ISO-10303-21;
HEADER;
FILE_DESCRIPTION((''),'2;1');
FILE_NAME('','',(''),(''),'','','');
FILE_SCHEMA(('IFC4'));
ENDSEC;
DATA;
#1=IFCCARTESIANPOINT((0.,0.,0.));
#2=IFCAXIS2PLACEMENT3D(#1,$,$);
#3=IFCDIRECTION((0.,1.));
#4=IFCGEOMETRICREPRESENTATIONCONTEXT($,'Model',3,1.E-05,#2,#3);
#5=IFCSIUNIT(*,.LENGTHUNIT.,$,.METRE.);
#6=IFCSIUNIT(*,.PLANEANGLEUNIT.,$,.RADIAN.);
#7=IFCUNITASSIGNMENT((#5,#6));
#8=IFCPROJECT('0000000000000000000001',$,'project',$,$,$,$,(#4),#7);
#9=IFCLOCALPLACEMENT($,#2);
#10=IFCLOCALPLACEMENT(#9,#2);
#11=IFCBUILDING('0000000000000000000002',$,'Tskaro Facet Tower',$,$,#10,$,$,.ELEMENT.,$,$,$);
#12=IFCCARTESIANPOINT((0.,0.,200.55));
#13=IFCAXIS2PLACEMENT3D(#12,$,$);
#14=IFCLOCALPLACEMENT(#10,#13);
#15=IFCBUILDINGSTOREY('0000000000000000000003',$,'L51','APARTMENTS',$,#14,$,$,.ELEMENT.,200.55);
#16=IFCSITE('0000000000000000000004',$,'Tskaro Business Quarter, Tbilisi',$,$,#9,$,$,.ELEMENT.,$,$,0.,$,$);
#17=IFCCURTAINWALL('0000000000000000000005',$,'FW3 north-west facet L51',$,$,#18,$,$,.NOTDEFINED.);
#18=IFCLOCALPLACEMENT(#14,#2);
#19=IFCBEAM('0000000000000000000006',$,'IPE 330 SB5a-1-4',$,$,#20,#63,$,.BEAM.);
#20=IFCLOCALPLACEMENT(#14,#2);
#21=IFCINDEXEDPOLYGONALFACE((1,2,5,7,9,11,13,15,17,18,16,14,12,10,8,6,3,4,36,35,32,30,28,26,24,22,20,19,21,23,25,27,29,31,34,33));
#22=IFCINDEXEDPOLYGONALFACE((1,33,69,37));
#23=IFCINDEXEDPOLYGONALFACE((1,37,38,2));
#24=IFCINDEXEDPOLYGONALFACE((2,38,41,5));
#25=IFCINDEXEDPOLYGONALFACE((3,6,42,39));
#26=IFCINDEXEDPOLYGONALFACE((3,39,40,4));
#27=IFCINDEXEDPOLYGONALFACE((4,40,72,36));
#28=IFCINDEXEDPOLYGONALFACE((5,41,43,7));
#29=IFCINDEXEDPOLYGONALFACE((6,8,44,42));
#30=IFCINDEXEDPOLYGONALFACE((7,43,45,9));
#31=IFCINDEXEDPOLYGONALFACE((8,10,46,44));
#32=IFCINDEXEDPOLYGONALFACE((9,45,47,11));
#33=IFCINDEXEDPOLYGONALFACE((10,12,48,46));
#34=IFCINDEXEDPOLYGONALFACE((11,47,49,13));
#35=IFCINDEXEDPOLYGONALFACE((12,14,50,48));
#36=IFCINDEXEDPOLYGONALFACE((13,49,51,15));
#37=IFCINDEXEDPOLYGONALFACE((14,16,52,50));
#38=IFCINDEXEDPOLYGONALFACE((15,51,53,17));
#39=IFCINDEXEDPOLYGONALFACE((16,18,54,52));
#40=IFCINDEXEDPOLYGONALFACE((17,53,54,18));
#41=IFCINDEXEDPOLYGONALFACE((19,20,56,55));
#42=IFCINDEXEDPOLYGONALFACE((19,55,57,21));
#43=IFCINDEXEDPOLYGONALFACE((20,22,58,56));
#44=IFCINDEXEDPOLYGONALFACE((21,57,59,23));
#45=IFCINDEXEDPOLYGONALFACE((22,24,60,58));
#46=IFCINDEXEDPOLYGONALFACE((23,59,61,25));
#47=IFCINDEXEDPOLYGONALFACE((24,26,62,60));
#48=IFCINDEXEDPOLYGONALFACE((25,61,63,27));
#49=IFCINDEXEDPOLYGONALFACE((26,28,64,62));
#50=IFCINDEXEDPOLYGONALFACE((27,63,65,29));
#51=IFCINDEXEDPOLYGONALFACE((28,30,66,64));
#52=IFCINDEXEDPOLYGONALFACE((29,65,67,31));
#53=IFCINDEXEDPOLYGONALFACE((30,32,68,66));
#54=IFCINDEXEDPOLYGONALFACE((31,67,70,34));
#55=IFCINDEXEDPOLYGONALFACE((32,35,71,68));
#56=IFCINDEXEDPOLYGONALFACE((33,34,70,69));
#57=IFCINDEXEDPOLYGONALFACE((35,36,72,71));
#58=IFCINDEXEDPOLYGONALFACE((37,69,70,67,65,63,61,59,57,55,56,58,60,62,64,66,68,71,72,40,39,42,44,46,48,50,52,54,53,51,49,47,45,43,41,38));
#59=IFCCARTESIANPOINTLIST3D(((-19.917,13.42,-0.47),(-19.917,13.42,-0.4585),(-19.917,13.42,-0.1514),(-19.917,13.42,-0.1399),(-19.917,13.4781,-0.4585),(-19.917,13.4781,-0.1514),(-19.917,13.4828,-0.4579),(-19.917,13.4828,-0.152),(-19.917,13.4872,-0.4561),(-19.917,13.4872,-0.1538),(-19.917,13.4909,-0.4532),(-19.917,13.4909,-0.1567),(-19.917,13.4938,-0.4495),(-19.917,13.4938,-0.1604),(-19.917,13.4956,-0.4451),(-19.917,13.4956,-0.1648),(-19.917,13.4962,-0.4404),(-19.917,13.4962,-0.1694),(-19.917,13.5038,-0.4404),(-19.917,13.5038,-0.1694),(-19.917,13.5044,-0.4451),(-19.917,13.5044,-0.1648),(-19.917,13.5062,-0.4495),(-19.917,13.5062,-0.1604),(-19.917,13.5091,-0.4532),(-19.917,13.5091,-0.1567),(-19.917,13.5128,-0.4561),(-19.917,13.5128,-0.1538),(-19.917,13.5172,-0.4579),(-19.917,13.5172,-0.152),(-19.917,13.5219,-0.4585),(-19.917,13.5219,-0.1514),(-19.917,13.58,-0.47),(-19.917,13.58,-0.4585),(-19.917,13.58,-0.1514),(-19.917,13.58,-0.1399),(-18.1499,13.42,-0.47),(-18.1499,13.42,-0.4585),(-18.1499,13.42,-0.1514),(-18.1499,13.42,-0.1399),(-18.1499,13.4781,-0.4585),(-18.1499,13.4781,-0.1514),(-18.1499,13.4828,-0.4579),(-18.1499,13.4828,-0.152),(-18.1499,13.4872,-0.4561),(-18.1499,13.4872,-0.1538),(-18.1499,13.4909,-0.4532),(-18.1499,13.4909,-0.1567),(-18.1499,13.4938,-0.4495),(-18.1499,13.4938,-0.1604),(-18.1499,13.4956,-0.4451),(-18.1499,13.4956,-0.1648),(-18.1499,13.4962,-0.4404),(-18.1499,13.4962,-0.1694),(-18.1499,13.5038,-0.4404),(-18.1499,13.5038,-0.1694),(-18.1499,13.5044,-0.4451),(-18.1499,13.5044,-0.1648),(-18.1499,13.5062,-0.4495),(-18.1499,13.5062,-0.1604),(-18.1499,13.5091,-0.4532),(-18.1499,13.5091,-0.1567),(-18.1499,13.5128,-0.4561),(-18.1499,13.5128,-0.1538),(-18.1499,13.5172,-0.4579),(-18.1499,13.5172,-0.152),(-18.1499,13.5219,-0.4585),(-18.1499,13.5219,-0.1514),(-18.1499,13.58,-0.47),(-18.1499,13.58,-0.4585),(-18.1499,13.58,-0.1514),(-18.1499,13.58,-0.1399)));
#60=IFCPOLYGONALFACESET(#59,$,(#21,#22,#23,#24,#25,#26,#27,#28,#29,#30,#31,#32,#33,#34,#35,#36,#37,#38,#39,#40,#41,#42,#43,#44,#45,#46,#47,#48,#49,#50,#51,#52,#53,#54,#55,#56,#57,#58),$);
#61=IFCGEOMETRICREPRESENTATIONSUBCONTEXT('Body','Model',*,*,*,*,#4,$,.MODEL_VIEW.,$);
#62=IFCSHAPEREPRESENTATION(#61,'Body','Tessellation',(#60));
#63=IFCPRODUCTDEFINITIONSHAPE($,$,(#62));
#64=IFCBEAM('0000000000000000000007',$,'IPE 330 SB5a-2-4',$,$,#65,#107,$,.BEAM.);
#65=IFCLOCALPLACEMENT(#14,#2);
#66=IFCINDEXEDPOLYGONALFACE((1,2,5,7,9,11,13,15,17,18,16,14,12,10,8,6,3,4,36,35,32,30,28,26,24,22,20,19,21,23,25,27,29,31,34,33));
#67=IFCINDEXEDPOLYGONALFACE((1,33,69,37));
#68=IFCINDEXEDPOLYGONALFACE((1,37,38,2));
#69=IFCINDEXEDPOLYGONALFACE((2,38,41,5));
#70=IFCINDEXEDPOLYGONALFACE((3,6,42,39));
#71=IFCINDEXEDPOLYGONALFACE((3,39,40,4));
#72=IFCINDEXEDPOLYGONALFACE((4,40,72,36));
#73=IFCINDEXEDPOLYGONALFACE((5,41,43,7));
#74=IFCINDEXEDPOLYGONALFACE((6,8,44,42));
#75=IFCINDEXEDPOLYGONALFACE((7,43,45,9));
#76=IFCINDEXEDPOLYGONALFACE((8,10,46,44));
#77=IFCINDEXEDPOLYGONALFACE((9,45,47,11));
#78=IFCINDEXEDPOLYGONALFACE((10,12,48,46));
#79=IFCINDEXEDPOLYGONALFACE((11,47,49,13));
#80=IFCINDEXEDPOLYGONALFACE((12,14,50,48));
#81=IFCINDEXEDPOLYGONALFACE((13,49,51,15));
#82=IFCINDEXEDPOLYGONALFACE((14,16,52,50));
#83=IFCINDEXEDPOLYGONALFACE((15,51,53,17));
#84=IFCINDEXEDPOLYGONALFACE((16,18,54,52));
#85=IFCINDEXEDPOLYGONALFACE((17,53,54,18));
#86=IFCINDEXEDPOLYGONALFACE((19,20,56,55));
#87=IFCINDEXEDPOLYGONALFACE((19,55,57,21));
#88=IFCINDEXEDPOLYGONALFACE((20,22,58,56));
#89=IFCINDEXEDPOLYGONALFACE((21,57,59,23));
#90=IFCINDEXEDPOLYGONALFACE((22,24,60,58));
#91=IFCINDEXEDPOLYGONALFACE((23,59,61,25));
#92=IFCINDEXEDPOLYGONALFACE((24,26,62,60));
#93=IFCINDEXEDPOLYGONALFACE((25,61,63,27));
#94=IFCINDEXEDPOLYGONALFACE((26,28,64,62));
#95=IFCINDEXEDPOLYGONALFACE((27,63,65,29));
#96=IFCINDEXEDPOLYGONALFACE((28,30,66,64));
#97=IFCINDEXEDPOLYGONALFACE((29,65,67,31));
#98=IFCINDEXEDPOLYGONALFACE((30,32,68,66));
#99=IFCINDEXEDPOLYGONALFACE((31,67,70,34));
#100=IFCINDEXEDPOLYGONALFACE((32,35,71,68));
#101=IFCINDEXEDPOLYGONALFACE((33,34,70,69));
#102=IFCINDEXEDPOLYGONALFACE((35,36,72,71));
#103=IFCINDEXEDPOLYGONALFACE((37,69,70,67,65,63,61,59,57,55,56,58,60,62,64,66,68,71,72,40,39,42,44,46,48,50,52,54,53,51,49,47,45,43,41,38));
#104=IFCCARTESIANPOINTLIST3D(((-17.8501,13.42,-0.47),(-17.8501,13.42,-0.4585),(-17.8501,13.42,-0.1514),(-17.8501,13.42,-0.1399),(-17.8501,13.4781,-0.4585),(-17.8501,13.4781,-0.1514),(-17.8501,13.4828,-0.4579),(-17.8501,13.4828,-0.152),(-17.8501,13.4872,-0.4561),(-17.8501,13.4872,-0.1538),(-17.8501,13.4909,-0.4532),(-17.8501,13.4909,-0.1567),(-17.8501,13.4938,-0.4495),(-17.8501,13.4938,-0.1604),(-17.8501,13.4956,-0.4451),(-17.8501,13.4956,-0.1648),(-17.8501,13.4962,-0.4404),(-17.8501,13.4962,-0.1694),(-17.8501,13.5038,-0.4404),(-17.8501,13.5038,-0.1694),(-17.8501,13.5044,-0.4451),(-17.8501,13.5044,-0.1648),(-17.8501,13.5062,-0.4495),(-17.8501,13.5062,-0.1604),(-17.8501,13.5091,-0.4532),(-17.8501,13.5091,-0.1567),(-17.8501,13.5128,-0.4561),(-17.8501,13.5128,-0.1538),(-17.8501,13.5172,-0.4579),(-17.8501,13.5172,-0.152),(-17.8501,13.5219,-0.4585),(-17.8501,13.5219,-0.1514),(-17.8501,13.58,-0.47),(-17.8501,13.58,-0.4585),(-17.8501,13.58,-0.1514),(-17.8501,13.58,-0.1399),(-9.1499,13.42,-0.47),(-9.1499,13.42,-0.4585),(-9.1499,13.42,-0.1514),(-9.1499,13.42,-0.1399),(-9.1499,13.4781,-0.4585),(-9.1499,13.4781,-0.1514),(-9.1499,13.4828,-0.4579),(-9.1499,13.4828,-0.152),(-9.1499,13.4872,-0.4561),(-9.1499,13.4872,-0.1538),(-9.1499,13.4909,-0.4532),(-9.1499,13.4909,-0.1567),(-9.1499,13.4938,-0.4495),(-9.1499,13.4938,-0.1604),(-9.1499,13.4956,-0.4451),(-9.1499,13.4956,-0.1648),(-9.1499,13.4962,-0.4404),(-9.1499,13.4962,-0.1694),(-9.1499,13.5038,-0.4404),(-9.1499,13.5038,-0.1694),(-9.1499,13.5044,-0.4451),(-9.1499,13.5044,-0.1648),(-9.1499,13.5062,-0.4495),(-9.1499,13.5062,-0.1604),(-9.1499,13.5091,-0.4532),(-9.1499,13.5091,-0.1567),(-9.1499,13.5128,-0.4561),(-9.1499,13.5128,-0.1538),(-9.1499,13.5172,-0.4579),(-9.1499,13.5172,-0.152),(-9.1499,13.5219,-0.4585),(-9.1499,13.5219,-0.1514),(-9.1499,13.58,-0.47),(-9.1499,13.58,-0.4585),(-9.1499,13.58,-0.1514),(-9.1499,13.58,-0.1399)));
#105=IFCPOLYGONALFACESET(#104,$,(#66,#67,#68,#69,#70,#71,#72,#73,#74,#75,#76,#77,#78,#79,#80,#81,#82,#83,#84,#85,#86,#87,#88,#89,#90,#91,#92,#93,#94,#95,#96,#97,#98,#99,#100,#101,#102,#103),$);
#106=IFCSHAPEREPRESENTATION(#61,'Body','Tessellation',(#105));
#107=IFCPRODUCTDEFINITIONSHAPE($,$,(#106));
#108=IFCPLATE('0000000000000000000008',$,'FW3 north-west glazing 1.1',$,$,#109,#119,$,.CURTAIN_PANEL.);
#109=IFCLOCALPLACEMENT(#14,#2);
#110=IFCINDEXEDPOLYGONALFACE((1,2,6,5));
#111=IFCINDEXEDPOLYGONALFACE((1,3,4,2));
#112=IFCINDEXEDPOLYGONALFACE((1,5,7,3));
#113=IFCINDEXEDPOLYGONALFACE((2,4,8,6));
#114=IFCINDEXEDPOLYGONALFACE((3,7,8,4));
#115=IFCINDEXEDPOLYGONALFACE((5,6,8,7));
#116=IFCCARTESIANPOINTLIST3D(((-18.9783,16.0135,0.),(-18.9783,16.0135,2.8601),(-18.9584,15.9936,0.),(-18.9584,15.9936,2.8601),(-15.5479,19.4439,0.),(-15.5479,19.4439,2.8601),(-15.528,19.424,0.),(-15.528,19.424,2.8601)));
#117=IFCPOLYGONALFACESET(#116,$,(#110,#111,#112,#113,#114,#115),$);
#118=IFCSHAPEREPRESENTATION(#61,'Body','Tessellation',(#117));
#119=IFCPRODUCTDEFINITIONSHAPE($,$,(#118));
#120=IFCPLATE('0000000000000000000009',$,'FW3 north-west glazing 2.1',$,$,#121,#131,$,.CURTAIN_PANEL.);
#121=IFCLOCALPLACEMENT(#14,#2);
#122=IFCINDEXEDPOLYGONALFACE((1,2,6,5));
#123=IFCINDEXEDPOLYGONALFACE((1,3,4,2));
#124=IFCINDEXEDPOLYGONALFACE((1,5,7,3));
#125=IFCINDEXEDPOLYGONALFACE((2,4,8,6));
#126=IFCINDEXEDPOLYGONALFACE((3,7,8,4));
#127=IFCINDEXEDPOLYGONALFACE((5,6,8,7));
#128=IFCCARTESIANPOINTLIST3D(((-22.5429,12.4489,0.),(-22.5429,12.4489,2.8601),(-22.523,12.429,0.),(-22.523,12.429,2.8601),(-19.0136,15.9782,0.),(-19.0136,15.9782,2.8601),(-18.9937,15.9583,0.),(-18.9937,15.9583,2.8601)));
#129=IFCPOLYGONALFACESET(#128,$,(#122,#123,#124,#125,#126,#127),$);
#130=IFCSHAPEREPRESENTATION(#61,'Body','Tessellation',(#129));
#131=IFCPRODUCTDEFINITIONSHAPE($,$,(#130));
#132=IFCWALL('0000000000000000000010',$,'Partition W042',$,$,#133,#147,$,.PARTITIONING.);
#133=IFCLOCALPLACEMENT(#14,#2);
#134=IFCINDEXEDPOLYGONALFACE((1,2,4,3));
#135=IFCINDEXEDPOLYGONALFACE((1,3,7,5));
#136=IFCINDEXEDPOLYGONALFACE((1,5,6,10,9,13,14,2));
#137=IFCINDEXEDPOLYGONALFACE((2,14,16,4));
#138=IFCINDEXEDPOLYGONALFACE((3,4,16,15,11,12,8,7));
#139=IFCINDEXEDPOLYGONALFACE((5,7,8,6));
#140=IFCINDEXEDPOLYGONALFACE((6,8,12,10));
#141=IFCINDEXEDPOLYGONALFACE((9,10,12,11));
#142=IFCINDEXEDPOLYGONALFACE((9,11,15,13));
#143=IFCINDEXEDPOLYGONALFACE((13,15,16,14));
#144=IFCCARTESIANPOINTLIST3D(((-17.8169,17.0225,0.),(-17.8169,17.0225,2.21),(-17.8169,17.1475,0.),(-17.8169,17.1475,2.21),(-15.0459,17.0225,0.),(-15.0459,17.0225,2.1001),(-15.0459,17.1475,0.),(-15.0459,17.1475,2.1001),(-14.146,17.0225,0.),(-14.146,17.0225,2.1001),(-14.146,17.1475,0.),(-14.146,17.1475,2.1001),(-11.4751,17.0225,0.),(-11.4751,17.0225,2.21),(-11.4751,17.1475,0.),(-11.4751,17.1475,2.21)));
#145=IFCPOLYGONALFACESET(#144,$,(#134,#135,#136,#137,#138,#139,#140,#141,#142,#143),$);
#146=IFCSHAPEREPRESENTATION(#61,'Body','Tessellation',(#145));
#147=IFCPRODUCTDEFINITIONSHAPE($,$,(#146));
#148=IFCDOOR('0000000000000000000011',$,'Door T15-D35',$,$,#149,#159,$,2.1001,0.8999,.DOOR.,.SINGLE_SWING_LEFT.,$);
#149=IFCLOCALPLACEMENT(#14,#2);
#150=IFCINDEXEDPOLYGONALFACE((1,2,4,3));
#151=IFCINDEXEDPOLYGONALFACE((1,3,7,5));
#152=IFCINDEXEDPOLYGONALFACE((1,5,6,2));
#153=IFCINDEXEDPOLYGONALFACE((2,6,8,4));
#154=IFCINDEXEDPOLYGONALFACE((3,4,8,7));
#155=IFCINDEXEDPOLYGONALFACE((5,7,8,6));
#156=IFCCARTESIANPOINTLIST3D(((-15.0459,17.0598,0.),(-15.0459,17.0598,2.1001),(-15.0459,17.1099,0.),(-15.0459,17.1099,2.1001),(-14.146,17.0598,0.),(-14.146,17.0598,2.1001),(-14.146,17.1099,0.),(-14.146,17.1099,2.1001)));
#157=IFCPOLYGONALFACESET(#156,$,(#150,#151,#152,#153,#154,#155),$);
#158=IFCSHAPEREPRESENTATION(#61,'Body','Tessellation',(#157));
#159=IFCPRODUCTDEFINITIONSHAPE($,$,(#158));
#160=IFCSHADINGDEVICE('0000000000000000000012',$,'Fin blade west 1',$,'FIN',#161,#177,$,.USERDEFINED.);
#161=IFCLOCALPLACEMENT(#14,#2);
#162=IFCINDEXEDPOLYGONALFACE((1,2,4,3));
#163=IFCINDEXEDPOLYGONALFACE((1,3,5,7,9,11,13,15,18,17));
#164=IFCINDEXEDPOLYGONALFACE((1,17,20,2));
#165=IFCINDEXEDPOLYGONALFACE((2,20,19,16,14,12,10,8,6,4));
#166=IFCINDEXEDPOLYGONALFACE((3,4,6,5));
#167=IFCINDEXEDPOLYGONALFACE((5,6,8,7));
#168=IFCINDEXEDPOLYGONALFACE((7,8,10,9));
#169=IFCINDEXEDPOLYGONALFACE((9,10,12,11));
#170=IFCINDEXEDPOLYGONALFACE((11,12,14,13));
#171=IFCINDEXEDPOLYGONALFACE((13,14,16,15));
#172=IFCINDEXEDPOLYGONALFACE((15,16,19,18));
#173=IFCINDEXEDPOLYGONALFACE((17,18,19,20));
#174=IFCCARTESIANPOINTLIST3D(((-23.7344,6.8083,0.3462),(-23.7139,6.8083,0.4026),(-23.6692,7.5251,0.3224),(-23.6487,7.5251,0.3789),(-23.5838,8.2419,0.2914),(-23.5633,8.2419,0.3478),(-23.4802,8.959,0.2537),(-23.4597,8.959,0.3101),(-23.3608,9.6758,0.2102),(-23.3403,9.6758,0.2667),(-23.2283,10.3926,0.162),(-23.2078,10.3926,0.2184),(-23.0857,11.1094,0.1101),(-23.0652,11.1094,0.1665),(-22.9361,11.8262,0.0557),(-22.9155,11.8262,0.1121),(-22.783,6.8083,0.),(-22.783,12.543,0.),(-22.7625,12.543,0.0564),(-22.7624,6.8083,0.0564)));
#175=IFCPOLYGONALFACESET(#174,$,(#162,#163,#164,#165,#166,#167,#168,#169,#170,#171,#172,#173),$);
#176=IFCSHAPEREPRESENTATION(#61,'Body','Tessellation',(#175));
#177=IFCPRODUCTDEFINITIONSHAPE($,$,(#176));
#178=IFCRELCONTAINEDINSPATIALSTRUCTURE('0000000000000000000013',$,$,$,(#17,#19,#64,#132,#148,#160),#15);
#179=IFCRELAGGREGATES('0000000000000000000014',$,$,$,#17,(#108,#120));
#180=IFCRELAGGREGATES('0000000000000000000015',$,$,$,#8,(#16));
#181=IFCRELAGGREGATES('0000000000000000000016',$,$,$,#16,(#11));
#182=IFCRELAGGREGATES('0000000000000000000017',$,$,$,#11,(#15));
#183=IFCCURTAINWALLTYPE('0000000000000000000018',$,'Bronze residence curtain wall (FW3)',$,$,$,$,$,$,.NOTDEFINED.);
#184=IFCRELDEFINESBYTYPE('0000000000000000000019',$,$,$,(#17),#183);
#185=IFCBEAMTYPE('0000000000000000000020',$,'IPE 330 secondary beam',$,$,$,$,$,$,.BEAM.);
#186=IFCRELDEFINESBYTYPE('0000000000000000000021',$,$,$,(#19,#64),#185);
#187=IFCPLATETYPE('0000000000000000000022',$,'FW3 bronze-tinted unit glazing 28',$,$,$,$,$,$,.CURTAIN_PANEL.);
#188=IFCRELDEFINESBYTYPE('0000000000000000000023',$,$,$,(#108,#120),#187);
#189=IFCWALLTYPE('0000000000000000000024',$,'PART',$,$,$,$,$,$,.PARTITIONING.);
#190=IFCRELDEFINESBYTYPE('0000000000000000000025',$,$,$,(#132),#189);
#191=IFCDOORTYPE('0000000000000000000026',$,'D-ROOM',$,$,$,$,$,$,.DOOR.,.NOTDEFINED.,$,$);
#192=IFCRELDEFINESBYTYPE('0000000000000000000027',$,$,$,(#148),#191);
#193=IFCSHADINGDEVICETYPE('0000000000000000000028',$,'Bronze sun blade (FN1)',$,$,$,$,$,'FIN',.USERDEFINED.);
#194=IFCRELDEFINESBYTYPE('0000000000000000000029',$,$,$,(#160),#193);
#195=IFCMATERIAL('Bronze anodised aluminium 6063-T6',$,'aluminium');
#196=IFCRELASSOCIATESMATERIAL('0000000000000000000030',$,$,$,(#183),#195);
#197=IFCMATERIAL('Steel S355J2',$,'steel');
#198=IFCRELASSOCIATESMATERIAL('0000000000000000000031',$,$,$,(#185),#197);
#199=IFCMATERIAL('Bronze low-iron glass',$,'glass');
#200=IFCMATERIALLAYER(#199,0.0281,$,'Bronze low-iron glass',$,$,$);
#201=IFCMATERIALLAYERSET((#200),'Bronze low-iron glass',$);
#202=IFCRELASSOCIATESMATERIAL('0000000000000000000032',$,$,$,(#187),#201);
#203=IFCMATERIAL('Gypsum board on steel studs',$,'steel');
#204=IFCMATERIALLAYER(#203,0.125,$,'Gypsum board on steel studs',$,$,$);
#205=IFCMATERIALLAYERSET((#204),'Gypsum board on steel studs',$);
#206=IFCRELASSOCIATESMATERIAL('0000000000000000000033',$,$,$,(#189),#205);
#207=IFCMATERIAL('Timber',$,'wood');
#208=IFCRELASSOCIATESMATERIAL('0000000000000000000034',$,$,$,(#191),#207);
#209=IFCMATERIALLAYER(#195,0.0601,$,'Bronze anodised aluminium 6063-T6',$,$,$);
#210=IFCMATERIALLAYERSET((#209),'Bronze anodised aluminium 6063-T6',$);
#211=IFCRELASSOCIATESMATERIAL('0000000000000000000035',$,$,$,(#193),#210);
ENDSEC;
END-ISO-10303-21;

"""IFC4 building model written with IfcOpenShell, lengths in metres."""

from ifc_helpers import new_model, si_unit, direction, frame, frame_2d, origin, origin_2d, place, context, subcontext, project, spatial, polyline, rectangle, i_section, outline, extrude, material, layer, layer_set, material_profile, profile_set, type_object, element, fill, aggregate, save


model = new_model("IFC4")

# Units and contexts
model_context = context("Model", 3, precision=1e-05, world=origin(), true_north=direction((0.0, 1.0)))
body_context = subcontext(model_context, "Body", "Model", "MODEL_VIEW")
ifc_project = project(units=[si_unit("LENGTHUNIT", "METRE"), si_unit("PLANEANGLEUNIT", "RADIAN")], contexts=[model_context])

# Site, building, storey
site_placement = place(None, origin())
site = spatial("IfcSite", under=ifc_project, at=site_placement, Name="Tskaro Business Quarter, Tbilisi", CompositionType="ELEMENT", RefElevation=0.0)
building_placement = place(site_placement, origin())
building = spatial("IfcBuilding", under=site, at=building_placement, Name="Tskaro Facet Tower", CompositionType="ELEMENT")
storey_placement = place(building_placement, frame((0.0, 0.0, 200.55)))
storey = spatial("IfcBuildingStorey", under=building, at=storey_placement, Name="L51", Description="APARTMENTS", CompositionType="ELEMENT", Elevation=200.55)

# Curtain wall
ifc_material_1 = material(Name="Bronze anodised aluminium 6063-T6", Category="aluminium")
curtain_wall_type = type_object("IfcCurtainWallType", Name="Bronze residence curtain wall (FW3)", PredefinedType="NOTDEFINED", material=ifc_material_1)
curtain_wall_1_placement = place(storey_placement, origin())
curtain_wall_1 = element("IfcCurtainWall", 1, at=curtain_wall_1_placement, inside=storey, type_object=curtain_wall_type, Name="FW3 north-west facet L51", PredefinedType="NOTDEFINED")

# Beams
ifc_material_2 = material(Name="Steel S355J2", Category="steel")
ifc_material_profile_1 = material_profile(ifc_material_2, i_section(OverallWidth=0.1599, OverallDepth=0.3301, WebThickness=0.0076, FlangeThickness=0.0115, FilletRadius=0.0181, at=origin_2d()), Name="IPE 330")
ifc_profile_set_1 = profile_set([ifc_material_profile_1], Name="Steel S355J2")
beam_type_1 = type_object("IfcBeamType", Name="IPE 330 secondary beam", PredefinedType="BEAM", material=ifc_profile_set_1)
beam_1_placement = place(storey_placement, frame((-19.917, 13.5, -0.3049), z_axis=(1.0, 0.0, 0.0), x_axis=(0.0, 1.0, 0.0)))
element("IfcBeam", 2, at=beam_1_placement, inside=storey, type_object=beam_type_1, Name="IPE 330 SB5a-1-4", PredefinedType="BEAM", context=body_context, shape_type="SweptSolid", body=[
    extrude(i_section(OverallWidth=0.1599, OverallDepth=0.3301, WebThickness=0.0076, FlangeThickness=0.0115, FilletRadius=0.0181, at=origin_2d()), origin(), (0.0, 0.0, 1.0), 1.7671),
])
beam_2_placement = place(storey_placement, frame((-17.8501, 13.5, -0.3049), z_axis=(1.0, 0.0, 0.0), x_axis=(0.0, 1.0, 0.0)))
element("IfcBeam", 3, at=beam_2_placement, inside=storey, type_object=beam_type_1, Name="IPE 330 SB5a-2-4", PredefinedType="BEAM", context=body_context, shape_type="SweptSolid", body=[
    extrude(i_section(OverallWidth=0.1599, OverallDepth=0.3301, WebThickness=0.0076, FlangeThickness=0.0115, FilletRadius=0.0181, at=origin_2d()), origin(), (0.0, 0.0, 1.0), 8.7002),
])

# Plates
ifc_material_3 = material(Name="Bronze low-iron glass", Category="glass")
ifc_layer_1 = layer(ifc_material_3, 0.0281, Name="Bronze low-iron glass")
ifc_layer_set_1 = layer_set([ifc_layer_1], Name="Bronze low-iron glass")
plate_type = type_object("IfcPlateType", Name="FW3 bronze-tinted unit glazing 28", PredefinedType="CURTAIN_PANEL", material=ifc_layer_set_1)
plate_1_placement = place(storey_placement, frame((-17.2532, 17.7188, 0.0), z_axis=(0.0, 0.0, 1.0), x_axis=(-0.707107, -0.707107, 0.0)))
plate_1 = element("IfcPlate", 4, at=plate_1_placement, type_object=plate_type, Name="FW3 north-west glazing 1.1", PredefinedType="CURTAIN_PANEL", context=body_context, shape_type="SweptSolid", body=[
    extrude(rectangle(XDim=4.8513, YDim=0.0281, at=origin_2d()), origin(), (0.0, 0.0, 1.0), 2.8601),
])
plate_2_placement = place(storey_placement, frame((-20.7683, 14.2036, 0.0), z_axis=(0.0, 0.0, 1.0), x_axis=(-0.707107, -0.707107, 0.0)))
plate_2 = element("IfcPlate", 5, at=plate_2_placement, type_object=plate_type, Name="FW3 north-west glazing 2.1", PredefinedType="CURTAIN_PANEL", context=body_context, shape_type="SweptSolid", body=[
    extrude(rectangle(XDim=4.9912, YDim=0.0281, at=origin_2d()), origin(), (0.0, 0.0, 1.0), 2.8601),
])
aggregate(curtain_wall_1, [plate_1, plate_2])

# Wall, opening, door
ifc_material_4 = material(Name="Gypsum board on steel studs", Category="steel")
ifc_layer_2 = layer(ifc_material_4, 0.125, Name="Gypsum board on steel studs")
ifc_layer_set_2 = layer_set([ifc_layer_2], Name="Gypsum board on steel studs")
wall_type = type_object("IfcWallType", Name="PART", PredefinedType="PARTITIONING", material=ifc_layer_set_2)
wall_placement = place(storey_placement, frame((-17.8169, 17.085, 0.0), z_axis=(0.0, 0.0, 1.0), x_axis=(1.0, 0.0, 0.0)))
wall = element("IfcWall", 6, at=wall_placement, inside=storey, type_object=wall_type, Name="Partition W042", PredefinedType="PARTITIONING", context=body_context, shape_type="SweptSolid", body=[
    extrude(rectangle(XDim=6.3418, YDim=0.125, at=frame_2d((3.1709, 0.0))), origin(), (0.0, 0.0, 1.0), 2.21),
])
opening_placement = place(wall_placement, frame((2.771, 0.0, 0.0)))
opening = element("IfcOpeningElement", 7, at=opening_placement, cuts=wall, PredefinedType="OPENING", context=body_context, shape_type="SweptSolid", body=[
    extrude(rectangle(XDim=0.8999, YDim=2.1001, at=frame_2d((0.45, 1.05))), frame((0.0, 0.0725, 0.0), z_axis=(0.0, -1.0, 0.0), x_axis=(1.0, 0.0, 0.0)), (0.0, 0.0, 1.0), 0.145),
])
ifc_material_5 = material(Name="Timber", Category="wood")
door_type = type_object("IfcDoorType", Name="D-ROOM", OperationType="NOTDEFINED", PredefinedType="DOOR", material=ifc_material_5)
door_placement = place(opening_placement, origin())
door = element("IfcDoor", 8, at=door_placement, inside=storey, type_object=door_type, Name="Door T15-D35", OperationType="SINGLE_SWING_LEFT", OverallHeight=2.1001, OverallWidth=0.8999, PredefinedType="DOOR", context=body_context, shape_type="SweptSolid", body=[
    extrude(rectangle(XDim=0.8999, YDim=2.1001, at=frame_2d((0.45, 1.05))), frame((0.0, 0.0249, 0.0), z_axis=(0.0, -1.0, 0.0), x_axis=(1.0, 0.0, 0.0)), (0.0, 0.0, 1.0), 0.05),
])
fill(opening, door)

# Shading device
ifc_layer_3 = layer(ifc_material_1, 0.0601, Name="Bronze anodised aluminium 6063-T6")
ifc_layer_set_3 = layer_set([ifc_layer_3], Name="Bronze anodised aluminium 6063-T6")
shading_device_type = type_object("IfcShadingDeviceType", Name="Bronze sun blade (FN1)", ElementType="FIN", PredefinedType="USERDEFINED", material=ifc_layer_set_3)
shading_device_placement = place(storey_placement, frame((-22.7625, 12.543, 0.0564), z_axis=(0.341943, 0.000001, 0.939721), x_axis=(0.0, -1.0, 0.000001)))
element("IfcShadingDevice", 9, at=shading_device_placement, inside=storey, type_object=shading_device_type, Name="Fin blade west 1", ObjectType="FIN", PredefinedType="USERDEFINED", context=body_context, shape_type="SweptSolid", body=[
    extrude(outline(polyline([(0.0, 0.0), (5.7346, 0.0), (5.7346, -1.0124), (5.0178, -0.9431), (4.301, -0.8522), (3.584, -0.742), (2.8672, -0.6149), (2.1504, -0.4739), (1.4336, -0.3221), (0.7168, -0.1629), (0.0, 0.0)])), origin(), (0.0, 0.0, -1.0), 0.0601),
])

save(model, "model.ifc")
